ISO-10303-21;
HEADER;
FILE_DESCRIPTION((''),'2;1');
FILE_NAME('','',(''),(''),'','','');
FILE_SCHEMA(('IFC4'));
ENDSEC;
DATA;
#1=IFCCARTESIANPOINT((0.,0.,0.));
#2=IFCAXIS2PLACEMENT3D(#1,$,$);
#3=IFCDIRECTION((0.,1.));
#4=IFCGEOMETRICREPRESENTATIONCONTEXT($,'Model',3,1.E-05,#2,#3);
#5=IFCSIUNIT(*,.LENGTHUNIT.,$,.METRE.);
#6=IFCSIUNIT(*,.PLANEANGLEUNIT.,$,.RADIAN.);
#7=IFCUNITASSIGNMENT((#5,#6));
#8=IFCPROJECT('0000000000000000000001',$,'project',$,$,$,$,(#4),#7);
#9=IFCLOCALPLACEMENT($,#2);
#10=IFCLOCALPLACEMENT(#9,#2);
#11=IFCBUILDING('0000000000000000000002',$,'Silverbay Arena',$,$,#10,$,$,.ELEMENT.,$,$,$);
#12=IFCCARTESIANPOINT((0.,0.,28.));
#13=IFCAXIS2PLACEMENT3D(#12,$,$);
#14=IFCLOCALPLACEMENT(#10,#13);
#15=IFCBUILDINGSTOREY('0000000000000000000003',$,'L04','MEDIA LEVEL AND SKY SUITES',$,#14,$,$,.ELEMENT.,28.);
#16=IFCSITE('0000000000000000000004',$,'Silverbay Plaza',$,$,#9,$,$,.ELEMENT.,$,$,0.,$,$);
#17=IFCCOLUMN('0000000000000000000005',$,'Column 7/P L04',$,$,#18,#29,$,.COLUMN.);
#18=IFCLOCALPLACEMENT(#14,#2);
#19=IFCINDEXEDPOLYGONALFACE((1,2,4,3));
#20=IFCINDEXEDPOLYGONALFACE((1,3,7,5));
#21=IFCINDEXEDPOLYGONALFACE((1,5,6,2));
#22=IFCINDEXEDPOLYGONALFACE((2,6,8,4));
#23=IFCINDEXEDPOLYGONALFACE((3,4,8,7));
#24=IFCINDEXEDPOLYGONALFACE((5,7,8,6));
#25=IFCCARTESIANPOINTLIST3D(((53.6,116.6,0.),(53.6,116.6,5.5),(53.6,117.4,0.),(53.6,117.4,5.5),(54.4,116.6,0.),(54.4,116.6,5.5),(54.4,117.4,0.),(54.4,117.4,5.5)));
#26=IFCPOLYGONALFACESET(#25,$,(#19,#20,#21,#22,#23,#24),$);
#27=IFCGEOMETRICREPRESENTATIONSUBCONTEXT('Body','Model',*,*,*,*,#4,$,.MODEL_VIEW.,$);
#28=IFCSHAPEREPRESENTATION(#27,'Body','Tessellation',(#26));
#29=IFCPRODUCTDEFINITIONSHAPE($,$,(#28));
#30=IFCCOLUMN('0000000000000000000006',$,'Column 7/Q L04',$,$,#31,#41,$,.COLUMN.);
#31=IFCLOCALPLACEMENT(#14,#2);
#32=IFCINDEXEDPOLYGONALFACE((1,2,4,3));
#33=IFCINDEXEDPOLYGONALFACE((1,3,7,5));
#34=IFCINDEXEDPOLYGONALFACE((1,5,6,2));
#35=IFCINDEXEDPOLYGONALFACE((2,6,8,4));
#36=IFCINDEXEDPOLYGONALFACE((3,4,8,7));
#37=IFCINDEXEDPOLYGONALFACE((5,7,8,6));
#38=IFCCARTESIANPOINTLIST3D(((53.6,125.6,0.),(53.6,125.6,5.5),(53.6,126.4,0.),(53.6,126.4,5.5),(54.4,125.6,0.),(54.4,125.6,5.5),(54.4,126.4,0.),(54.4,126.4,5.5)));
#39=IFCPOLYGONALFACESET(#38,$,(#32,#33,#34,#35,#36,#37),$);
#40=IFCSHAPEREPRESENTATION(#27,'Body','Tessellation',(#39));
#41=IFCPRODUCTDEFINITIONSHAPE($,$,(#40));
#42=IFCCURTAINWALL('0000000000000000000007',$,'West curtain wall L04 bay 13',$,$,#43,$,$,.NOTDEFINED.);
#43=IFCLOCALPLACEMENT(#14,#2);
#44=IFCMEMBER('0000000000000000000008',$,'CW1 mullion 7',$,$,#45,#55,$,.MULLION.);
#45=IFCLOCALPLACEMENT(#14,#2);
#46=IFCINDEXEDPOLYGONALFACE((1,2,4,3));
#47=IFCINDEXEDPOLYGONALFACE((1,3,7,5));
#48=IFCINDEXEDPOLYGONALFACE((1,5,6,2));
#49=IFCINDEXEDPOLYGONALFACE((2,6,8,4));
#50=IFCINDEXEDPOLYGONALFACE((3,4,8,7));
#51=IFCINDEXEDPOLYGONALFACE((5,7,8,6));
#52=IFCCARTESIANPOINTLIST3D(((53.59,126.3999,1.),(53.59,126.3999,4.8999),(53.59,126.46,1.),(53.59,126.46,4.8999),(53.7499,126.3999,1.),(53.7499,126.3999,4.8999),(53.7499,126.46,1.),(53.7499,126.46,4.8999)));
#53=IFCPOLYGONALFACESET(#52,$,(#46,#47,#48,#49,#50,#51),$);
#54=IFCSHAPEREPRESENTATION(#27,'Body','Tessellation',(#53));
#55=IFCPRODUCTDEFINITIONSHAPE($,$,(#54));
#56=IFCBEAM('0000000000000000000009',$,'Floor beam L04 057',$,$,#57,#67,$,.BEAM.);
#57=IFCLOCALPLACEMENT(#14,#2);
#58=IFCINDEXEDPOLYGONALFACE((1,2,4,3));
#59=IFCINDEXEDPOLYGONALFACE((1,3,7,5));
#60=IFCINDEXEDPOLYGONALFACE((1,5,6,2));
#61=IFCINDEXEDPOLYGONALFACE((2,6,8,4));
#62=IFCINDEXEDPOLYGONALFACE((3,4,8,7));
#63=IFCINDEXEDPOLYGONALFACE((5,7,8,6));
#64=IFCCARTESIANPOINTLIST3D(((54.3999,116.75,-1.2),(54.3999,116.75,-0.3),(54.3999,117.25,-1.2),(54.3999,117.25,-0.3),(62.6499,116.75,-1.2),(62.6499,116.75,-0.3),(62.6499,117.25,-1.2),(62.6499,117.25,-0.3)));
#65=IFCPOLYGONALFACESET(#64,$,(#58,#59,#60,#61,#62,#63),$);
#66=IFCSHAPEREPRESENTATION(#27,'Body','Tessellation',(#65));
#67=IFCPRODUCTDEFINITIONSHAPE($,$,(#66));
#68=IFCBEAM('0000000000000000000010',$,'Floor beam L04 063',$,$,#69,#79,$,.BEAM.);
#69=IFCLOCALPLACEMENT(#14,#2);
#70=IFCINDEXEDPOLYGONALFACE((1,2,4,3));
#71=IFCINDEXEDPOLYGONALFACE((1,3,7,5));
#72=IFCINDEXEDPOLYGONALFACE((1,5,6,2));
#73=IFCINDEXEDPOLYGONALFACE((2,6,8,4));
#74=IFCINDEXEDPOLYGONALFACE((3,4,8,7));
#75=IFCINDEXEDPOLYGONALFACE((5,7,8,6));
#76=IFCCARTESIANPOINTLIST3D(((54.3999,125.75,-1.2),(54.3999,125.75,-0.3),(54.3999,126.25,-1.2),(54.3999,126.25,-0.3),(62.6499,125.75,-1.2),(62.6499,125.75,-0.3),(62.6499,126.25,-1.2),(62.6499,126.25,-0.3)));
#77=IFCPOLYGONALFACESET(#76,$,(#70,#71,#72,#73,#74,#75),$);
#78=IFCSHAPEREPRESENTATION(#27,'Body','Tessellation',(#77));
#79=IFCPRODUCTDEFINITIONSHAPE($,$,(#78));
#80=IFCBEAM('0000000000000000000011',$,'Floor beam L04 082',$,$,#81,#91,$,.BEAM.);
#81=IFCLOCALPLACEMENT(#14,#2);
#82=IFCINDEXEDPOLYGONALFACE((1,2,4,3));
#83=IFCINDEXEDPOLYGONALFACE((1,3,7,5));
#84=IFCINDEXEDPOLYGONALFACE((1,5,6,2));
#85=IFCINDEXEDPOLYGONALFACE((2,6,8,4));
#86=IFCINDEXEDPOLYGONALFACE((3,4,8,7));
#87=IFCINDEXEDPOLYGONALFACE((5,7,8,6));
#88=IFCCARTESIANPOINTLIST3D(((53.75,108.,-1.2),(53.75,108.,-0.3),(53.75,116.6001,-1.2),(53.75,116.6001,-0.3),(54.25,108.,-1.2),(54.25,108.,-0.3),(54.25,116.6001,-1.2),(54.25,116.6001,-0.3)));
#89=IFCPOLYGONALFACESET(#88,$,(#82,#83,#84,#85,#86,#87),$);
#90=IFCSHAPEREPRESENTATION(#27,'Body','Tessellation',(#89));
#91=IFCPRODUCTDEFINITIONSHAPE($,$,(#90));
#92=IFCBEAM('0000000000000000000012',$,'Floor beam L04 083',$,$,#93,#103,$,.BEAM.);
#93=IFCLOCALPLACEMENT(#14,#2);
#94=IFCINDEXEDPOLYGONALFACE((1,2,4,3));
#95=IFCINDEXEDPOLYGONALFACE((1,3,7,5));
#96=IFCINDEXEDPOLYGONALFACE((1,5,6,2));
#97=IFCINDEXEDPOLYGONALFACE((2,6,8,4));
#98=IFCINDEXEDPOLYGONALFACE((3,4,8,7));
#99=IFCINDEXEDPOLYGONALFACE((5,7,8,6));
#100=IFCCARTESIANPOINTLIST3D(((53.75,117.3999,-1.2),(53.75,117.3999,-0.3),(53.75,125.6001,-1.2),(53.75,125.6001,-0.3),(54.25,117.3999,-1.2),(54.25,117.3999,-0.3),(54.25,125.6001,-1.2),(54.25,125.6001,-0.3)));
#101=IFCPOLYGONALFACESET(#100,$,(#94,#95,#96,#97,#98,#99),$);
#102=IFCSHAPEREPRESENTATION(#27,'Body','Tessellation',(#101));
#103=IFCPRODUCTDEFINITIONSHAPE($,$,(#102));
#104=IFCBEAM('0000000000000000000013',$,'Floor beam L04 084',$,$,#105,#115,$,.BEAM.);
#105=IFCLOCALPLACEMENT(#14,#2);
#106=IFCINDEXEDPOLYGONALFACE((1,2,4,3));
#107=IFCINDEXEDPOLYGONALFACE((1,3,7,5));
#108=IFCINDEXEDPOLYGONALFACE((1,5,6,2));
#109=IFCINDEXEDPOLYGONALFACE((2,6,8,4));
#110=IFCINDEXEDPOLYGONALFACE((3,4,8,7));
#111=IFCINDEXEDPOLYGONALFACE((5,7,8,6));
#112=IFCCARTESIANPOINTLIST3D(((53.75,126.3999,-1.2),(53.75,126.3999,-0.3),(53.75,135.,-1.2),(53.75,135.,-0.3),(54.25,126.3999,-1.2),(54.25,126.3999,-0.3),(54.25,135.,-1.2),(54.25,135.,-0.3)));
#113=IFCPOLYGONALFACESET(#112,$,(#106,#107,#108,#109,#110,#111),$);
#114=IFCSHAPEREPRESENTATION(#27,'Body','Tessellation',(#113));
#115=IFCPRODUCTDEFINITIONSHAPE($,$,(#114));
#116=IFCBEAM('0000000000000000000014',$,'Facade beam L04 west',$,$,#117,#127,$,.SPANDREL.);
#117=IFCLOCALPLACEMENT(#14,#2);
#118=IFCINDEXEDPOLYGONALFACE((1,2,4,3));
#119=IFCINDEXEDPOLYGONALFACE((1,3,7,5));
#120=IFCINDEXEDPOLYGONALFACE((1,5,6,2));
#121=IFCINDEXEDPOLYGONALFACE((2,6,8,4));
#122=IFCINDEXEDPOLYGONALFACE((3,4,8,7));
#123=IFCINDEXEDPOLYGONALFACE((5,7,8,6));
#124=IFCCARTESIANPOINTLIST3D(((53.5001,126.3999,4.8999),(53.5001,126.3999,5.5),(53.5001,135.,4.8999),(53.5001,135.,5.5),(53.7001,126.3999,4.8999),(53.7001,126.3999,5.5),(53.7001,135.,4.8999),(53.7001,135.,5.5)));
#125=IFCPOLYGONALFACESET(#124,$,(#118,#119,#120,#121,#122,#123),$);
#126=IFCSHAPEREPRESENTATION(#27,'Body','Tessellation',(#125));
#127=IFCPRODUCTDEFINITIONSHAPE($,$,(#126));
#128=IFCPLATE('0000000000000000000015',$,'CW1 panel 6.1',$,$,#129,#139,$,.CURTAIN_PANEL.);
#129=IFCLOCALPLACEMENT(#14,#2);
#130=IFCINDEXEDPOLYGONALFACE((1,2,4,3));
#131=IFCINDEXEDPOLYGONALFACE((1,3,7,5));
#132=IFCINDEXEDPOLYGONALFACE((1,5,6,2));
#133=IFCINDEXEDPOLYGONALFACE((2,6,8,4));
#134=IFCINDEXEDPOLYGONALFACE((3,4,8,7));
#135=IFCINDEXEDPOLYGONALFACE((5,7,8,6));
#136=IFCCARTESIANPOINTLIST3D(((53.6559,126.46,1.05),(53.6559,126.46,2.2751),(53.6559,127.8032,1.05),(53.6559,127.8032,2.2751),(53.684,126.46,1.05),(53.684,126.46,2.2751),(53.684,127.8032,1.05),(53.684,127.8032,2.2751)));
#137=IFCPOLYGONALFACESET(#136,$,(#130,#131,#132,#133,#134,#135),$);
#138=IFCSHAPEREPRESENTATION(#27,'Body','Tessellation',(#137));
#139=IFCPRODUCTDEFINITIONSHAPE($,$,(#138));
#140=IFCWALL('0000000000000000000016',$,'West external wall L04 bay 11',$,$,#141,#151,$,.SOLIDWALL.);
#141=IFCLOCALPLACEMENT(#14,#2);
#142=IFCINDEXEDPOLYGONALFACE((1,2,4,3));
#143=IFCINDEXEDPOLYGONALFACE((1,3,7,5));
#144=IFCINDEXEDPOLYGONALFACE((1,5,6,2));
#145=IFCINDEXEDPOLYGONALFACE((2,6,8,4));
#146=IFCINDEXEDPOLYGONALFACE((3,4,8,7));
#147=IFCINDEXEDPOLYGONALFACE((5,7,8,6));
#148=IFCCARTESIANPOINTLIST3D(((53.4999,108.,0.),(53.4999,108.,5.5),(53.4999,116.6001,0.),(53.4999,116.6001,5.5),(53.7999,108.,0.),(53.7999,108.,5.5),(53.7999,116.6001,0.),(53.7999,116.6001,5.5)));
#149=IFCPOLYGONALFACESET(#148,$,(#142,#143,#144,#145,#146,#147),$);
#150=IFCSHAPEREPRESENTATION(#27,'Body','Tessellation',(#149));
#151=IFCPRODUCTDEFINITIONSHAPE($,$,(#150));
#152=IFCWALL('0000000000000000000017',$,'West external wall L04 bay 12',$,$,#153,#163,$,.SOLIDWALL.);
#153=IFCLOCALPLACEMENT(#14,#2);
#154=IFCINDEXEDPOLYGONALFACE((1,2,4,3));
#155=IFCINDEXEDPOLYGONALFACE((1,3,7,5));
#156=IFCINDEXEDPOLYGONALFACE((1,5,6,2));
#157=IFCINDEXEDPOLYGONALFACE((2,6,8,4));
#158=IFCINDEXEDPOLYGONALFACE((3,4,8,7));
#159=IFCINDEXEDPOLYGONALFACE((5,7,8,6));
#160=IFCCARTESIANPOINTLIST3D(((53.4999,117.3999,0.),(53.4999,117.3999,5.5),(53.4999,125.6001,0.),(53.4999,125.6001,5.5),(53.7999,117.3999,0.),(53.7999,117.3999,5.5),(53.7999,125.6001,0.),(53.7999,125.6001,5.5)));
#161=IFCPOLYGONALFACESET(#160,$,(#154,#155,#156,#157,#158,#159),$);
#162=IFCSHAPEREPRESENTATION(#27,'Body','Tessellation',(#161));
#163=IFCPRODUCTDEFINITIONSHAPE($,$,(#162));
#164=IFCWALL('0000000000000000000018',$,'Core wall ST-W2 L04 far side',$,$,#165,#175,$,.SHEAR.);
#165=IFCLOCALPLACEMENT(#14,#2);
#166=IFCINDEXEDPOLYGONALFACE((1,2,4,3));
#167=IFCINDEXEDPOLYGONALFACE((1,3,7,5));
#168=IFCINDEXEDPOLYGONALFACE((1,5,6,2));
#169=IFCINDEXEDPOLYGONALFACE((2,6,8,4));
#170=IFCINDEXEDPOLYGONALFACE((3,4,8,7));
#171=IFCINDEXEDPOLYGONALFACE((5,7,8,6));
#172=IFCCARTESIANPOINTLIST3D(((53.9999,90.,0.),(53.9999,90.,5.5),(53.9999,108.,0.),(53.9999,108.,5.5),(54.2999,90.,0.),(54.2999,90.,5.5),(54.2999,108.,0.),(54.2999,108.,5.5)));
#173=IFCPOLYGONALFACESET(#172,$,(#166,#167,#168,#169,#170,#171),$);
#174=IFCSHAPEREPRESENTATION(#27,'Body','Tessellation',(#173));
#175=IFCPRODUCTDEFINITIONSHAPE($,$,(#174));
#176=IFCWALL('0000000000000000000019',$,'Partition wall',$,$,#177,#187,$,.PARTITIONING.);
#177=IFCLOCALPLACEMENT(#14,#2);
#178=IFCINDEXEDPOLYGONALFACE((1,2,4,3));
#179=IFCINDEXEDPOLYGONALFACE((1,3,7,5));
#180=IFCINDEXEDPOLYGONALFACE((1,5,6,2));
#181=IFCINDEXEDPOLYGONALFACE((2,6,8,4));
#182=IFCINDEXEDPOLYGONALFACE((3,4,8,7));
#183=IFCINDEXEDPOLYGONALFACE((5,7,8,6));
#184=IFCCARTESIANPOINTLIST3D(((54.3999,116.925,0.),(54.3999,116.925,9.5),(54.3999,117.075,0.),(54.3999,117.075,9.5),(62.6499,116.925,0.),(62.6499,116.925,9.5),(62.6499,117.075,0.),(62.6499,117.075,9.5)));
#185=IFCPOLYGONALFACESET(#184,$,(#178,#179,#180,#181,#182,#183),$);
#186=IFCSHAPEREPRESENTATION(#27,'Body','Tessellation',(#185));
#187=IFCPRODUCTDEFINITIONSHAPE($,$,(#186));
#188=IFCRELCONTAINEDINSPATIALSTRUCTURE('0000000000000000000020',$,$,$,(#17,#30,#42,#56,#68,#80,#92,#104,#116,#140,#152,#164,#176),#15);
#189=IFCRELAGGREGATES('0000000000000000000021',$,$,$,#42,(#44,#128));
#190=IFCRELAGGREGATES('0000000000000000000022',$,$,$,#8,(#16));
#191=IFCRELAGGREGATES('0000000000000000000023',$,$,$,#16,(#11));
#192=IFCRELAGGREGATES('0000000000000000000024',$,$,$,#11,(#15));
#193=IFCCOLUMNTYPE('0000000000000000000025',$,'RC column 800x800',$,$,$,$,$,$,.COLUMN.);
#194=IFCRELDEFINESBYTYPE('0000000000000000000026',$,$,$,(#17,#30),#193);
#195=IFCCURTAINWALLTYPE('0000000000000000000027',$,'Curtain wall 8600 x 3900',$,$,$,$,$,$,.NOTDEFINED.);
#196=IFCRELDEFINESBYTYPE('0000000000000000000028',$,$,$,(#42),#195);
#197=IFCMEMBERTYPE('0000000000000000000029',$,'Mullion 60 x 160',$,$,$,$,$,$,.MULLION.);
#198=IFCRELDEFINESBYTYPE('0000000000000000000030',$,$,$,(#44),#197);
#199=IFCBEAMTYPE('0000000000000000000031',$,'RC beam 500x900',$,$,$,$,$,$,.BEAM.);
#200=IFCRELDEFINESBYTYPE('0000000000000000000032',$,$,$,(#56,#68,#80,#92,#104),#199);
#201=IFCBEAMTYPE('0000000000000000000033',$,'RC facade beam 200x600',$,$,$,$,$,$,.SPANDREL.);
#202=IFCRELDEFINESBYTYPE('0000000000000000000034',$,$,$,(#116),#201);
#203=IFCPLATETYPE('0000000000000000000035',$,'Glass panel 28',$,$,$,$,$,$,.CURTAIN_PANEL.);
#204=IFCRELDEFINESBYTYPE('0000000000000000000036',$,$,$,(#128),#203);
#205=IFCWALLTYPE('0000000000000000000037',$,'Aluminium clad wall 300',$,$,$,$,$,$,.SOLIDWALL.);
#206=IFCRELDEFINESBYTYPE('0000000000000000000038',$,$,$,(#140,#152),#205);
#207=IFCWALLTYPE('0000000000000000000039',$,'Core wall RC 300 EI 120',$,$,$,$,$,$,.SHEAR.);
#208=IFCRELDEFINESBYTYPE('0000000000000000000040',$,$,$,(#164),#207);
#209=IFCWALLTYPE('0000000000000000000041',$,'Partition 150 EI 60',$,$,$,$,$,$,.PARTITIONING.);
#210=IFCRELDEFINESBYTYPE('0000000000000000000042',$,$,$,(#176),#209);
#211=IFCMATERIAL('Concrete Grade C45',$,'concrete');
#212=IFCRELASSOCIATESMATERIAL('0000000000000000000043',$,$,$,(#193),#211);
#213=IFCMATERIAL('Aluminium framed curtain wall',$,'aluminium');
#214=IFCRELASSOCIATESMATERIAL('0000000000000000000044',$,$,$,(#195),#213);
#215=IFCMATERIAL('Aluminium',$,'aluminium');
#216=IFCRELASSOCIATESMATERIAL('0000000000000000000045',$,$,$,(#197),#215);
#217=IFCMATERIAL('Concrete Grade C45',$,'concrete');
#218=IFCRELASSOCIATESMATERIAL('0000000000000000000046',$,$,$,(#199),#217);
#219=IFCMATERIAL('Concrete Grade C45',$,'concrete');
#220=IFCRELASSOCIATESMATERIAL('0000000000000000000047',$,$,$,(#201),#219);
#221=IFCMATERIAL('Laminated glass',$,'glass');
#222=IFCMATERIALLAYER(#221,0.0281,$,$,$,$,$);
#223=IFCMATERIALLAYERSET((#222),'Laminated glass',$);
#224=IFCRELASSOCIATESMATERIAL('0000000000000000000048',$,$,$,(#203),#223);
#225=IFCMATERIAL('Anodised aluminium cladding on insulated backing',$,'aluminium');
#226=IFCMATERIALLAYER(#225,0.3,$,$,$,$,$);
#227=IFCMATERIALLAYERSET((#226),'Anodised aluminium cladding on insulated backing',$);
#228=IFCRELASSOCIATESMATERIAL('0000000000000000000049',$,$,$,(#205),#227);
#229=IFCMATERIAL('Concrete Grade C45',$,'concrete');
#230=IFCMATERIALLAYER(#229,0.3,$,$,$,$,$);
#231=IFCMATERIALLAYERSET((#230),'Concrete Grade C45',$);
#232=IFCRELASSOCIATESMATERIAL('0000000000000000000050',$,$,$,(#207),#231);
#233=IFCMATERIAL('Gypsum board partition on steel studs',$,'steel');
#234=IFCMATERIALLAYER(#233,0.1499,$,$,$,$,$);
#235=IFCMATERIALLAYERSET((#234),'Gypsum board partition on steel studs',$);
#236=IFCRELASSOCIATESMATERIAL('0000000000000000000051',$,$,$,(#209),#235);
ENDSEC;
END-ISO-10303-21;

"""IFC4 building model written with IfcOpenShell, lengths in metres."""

from ifc_helpers import new_model, si_unit, direction, frame, frame_2d, origin, origin_2d, place, context, subcontext, project, spatial, rectangle, extrude, material, layer, layer_set, material_profile, profile_set, type_object, element, aggregate, save


model = new_model("IFC4")

# Units and contexts
model_context = context("Model", 3, precision=1e-05, world=origin(), true_north=direction((0.0, 1.0)))
body_context = subcontext(model_context, "Body", "Model", "MODEL_VIEW")
ifc_project = project(units=[si_unit("LENGTHUNIT", "METRE"), si_unit("PLANEANGLEUNIT", "RADIAN")], contexts=[model_context])

# Site, building, storey
site_placement = place(None, origin())
site = spatial("IfcSite", under=ifc_project, at=site_placement, Name="Silverbay Plaza", CompositionType="ELEMENT", RefElevation=0.0)
building_placement = place(site_placement, origin())
building = spatial("IfcBuilding", under=site, at=building_placement, Name="Silverbay Arena", CompositionType="ELEMENT")
storey_placement = place(building_placement, frame((0.0, 0.0, 28.0)))
storey = spatial("IfcBuildingStorey", under=building, at=storey_placement, Name="L04", Description="MEDIA LEVEL AND SKY SUITES", CompositionType="ELEMENT", Elevation=28.0)

# Columns
ifc_material_1 = material(Name="Concrete Grade C45", Category="concrete")
ifc_material_profile_1 = material_profile(ifc_material_1, rectangle(XDim=0.8, YDim=0.8, at=origin_2d()), Name="RC 800x800")
ifc_profile_set_1 = profile_set([ifc_material_profile_1], Name="Concrete Grade C45")
column_type = type_object("IfcColumnType", Name="RC column 800x800", PredefinedType="COLUMN", material=ifc_profile_set_1)
for number, where, z_axis, x_axis, name in (
    (1, (54.0, 117.0, 0.0), (0.0, 0.0, 1.0), (1.0, 0.0, 0.0), "Column 7/P L04"),
    (2, (54.0, 126.0, 0.0), (0.0, 0.0, 1.0), (1.0, 0.0, 0.0), "Column 7/Q L04"),
):
    element("IfcColumn", number, at=place(storey_placement, frame(where, z_axis=z_axis, x_axis=x_axis)), inside=storey, type_object=column_type, Name=name, PredefinedType="COLUMN", context=body_context, shape_type="SweptSolid", body=[
        extrude(rectangle(XDim=0.8, YDim=0.8, at=origin_2d()), origin(), (0.0, 0.0, 1.0), 5.5),
    ])

# Curtain wall, member
ifc_material_2 = material(Name="Aluminium framed curtain wall", Category="aluminium")
curtain_wall_type = type_object("IfcCurtainWallType", Name="Curtain wall 8600 x 3900", PredefinedType="NOTDEFINED", material=ifc_material_2)
curtain_wall_placement = place(storey_placement, origin())
curtain_wall = element("IfcCurtainWall", 3, at=curtain_wall_placement, inside=storey, type_object=curtain_wall_type, Name="West curtain wall L04 bay 13", PredefinedType="NOTDEFINED")
ifc_material_3 = material(Name="Aluminium", Category="aluminium")
ifc_material_profile_2 = material_profile(ifc_material_3, rectangle(XDim=0.1599, YDim=0.0601, at=origin_2d()), Name="Mullion 60 x 160")
ifc_profile_set_2 = profile_set([ifc_material_profile_2], Name="Aluminium")
member_type = type_object("IfcMemberType", Name="Mullion 60 x 160", PredefinedType="MULLION", material=ifc_profile_set_2)
member_placement = place(storey_placement, frame((53.6699, 126.4299, 1.0), z_axis=(0.0, 0.0, 1.0), x_axis=(1.0, 0.0, 0.0)))
member = element("IfcMember", 4, at=member_placement, type_object=member_type, Name="CW1 mullion 7", PredefinedType="MULLION", context=body_context, shape_type="SweptSolid", body=[
    extrude(rectangle(XDim=0.1599, YDim=0.0601, at=origin_2d()), origin(), (0.0, 0.0, 1.0), 3.8999),
])

# Beams
ifc_material_4 = material(Name="Concrete Grade C45", Category="concrete")
ifc_material_profile_3 = material_profile(ifc_material_4, rectangle(XDim=0.5, YDim=0.8999, at=origin_2d()), Name="RC 500x900")
ifc_profile_set_3 = profile_set([ifc_material_profile_3], Name="Concrete Grade C45")
beam_type_1 = type_object("IfcBeamType", Name="RC beam 500x900", PredefinedType="BEAM", material=ifc_profile_set_3)
for number, where, z_axis, x_axis, name in (
    (5, (54.3999, 117.0, -0.75), (1.0, 0.0, 0.0), (0.0, 1.0, 0.0), "Floor beam L04 057"),
    (6, (54.3999, 126.0, -0.75), (1.0, 0.0, 0.0), (0.0, 1.0, 0.0), "Floor beam L04 063"),
):
    element("IfcBeam", number, at=place(storey_placement, frame(where, z_axis=z_axis, x_axis=x_axis)), inside=storey, type_object=beam_type_1, Name=name, PredefinedType="BEAM", context=body_context, shape_type="SweptSolid", body=[
        extrude(rectangle(XDim=0.5, YDim=0.8999, at=origin_2d()), origin(), (0.0, 0.0, 1.0), 8.25),
    ])
beam_1_placement = place(storey_placement, frame((54.0, 108.0, -0.75), z_axis=(0.0, 1.0, 0.0), x_axis=(-1.0, 0.0, 0.0)))
element("IfcBeam", 7, at=beam_1_placement, inside=storey, type_object=beam_type_1, Name="Floor beam L04 082", PredefinedType="BEAM", context=body_context, shape_type="SweptSolid", body=[
    extrude(rectangle(XDim=0.5, YDim=0.8999, at=origin_2d()), origin(), (0.0, 0.0, 1.0), 8.6001),
])
beam_2_placement = place(storey_placement, frame((54.0, 117.3999, -0.75), z_axis=(0.0, 1.0, 0.0), x_axis=(-1.0, 0.0, 0.0)))
element("IfcBeam", 8, at=beam_2_placement, inside=storey, type_object=beam_type_1, Name="Floor beam L04 083", PredefinedType="BEAM", context=body_context, shape_type="SweptSolid", body=[
    extrude(rectangle(XDim=0.5, YDim=0.8999, at=origin_2d()), origin(), (0.0, 0.0, 1.0), 8.2002),
])
beam_3_placement = place(storey_placement, frame((54.0, 126.3999, -0.75), z_axis=(0.0, 1.0, 0.0), x_axis=(-1.0, 0.0, 0.0)))
element("IfcBeam", 9, at=beam_3_placement, inside=storey, type_object=beam_type_1, Name="Floor beam L04 084", PredefinedType="BEAM", context=body_context, shape_type="SweptSolid", body=[
    extrude(rectangle(XDim=0.5, YDim=0.8999, at=origin_2d()), origin(), (0.0, 0.0, 1.0), 8.6001),
])
ifc_material_5 = material(Name="Concrete Grade C45", Category="concrete")
ifc_material_profile_4 = material_profile(ifc_material_5, rectangle(XDim=0.2, YDim=0.6001, at=origin_2d()), Name="RC 200x600")
ifc_profile_set_4 = profile_set([ifc_material_profile_4], Name="Concrete Grade C45")
beam_type_2 = type_object("IfcBeamType", Name="RC facade beam 200x600", PredefinedType="SPANDREL", material=ifc_profile_set_4)
beam_4_placement = place(storey_placement, frame((53.6001, 126.3999, 5.2), z_axis=(0.0, 1.0, 0.0), x_axis=(-1.0, 0.0, 0.0)))
element("IfcBeam", 10, at=beam_4_placement, inside=storey, type_object=beam_type_2, Name="Facade beam L04 west", PredefinedType="SPANDREL", context=body_context, shape_type="SweptSolid", body=[
    extrude(rectangle(XDim=0.2, YDim=0.6001, at=origin_2d()), origin(), (0.0, 0.0, 1.0), 8.6001),
])

# Plate
ifc_material_6 = material(Name="Laminated glass", Category="glass")
ifc_layer_1 = layer(ifc_material_6, 0.0281)
ifc_layer_set_1 = layer_set([ifc_layer_1], Name="Laminated glass")
plate_type = type_object("IfcPlateType", Name="Glass panel 28", PredefinedType="CURTAIN_PANEL", material=ifc_layer_set_1)
plate_placement = place(storey_placement, frame((53.6699, 127.1316, 1.05), z_axis=(0.0, 0.0, 1.0), x_axis=(0.0, -1.0, 0.0)))
plate = element("IfcPlate", 11, at=plate_placement, type_object=plate_type, Name="CW1 panel 6.1", PredefinedType="CURTAIN_PANEL", context=body_context, shape_type="SweptSolid", body=[
    extrude(rectangle(XDim=1.3433, YDim=0.0281, at=origin_2d()), origin(), (0.0, 0.0, 1.0), 1.2251),
])
aggregate(curtain_wall, [member, plate])

# Walls
ifc_material_7 = material(Name="Anodised aluminium cladding on insulated backing", Category="aluminium")
ifc_layer_2 = layer(ifc_material_7, 0.3)
ifc_layer_set_2 = layer_set([ifc_layer_2], Name="Anodised aluminium cladding on insulated backing")
wall_type_1 = type_object("IfcWallType", Name="Aluminium clad wall 300", PredefinedType="SOLIDWALL", material=ifc_layer_set_2)
wall_1_placement = place(storey_placement, frame((53.6499, 116.6001, 0.0), z_axis=(0.0, 0.0, 1.0), x_axis=(0.0, -1.0, 0.0)))
element("IfcWall", 12, at=wall_1_placement, inside=storey, type_object=wall_type_1, Name="West external wall L04 bay 11", PredefinedType="SOLIDWALL", context=body_context, shape_type="SweptSolid", body=[
    extrude(rectangle(XDim=8.6001, YDim=0.3, at=frame_2d((4.3, 0.0))), origin(), (0.0, 0.0, 1.0), 5.5),
])
wall_2_placement = place(storey_placement, frame((53.6499, 125.6001, 0.0), z_axis=(0.0, 0.0, 1.0), x_axis=(0.0, -1.0, 0.0)))
element("IfcWall", 13, at=wall_2_placement, inside=storey, type_object=wall_type_1, Name="West external wall L04 bay 12", PredefinedType="SOLIDWALL", context=body_context, shape_type="SweptSolid", body=[
    extrude(rectangle(XDim=8.2002, YDim=0.3, at=frame_2d((4.1001, 0.0))), origin(), (0.0, 0.0, 1.0), 5.5),
])
ifc_material_8 = material(Name="Concrete Grade C45", Category="concrete")
ifc_layer_3 = layer(ifc_material_8, 0.3)
ifc_layer_set_3 = layer_set([ifc_layer_3], Name="Concrete Grade C45")
wall_type_2 = type_object("IfcWallType", Name="Core wall RC 300 EI 120", PredefinedType="SHEAR", material=ifc_layer_set_3)
wall_3_placement = place(storey_placement, frame((54.1499, 108.0, 0.0), z_axis=(0.0, 0.0, 1.0), x_axis=(0.0, -1.0, 0.0)))
element("IfcWall", 14, at=wall_3_placement, inside=storey, type_object=wall_type_2, Name="Core wall ST-W2 L04 far side", PredefinedType="SHEAR", context=body_context, shape_type="SweptSolid", body=[
    extrude(rectangle(XDim=18.0, YDim=0.3, at=frame_2d((9.0, 0.0))), origin(), (0.0, 0.0, 1.0), 5.5),
])
ifc_material_9 = material(Name="Gypsum board partition on steel studs", Category="steel")
ifc_layer_4 = layer(ifc_material_9, 0.1499)
ifc_layer_set_4 = layer_set([ifc_layer_4], Name="Gypsum board partition on steel studs")
wall_type_3 = type_object("IfcWallType", Name="Partition 150 EI 60", PredefinedType="PARTITIONING", material=ifc_layer_set_4)
wall_4_placement = place(storey_placement, frame((54.3999, 117.0, 0.0), z_axis=(0.0, 0.0, 1.0), x_axis=(1.0, 0.0, 0.0)))
element("IfcWall", 15, at=wall_4_placement, inside=storey, type_object=wall_type_3, Name="Partition wall", PredefinedType="PARTITIONING", context=body_context, shape_type="SweptSolid", body=[
    extrude(rectangle(XDim=8.25, YDim=0.1499, at=frame_2d((4.125, 0.0))), origin(), (0.0, 0.0, 1.0), 9.5),
])

save(model, "model.ifc")
